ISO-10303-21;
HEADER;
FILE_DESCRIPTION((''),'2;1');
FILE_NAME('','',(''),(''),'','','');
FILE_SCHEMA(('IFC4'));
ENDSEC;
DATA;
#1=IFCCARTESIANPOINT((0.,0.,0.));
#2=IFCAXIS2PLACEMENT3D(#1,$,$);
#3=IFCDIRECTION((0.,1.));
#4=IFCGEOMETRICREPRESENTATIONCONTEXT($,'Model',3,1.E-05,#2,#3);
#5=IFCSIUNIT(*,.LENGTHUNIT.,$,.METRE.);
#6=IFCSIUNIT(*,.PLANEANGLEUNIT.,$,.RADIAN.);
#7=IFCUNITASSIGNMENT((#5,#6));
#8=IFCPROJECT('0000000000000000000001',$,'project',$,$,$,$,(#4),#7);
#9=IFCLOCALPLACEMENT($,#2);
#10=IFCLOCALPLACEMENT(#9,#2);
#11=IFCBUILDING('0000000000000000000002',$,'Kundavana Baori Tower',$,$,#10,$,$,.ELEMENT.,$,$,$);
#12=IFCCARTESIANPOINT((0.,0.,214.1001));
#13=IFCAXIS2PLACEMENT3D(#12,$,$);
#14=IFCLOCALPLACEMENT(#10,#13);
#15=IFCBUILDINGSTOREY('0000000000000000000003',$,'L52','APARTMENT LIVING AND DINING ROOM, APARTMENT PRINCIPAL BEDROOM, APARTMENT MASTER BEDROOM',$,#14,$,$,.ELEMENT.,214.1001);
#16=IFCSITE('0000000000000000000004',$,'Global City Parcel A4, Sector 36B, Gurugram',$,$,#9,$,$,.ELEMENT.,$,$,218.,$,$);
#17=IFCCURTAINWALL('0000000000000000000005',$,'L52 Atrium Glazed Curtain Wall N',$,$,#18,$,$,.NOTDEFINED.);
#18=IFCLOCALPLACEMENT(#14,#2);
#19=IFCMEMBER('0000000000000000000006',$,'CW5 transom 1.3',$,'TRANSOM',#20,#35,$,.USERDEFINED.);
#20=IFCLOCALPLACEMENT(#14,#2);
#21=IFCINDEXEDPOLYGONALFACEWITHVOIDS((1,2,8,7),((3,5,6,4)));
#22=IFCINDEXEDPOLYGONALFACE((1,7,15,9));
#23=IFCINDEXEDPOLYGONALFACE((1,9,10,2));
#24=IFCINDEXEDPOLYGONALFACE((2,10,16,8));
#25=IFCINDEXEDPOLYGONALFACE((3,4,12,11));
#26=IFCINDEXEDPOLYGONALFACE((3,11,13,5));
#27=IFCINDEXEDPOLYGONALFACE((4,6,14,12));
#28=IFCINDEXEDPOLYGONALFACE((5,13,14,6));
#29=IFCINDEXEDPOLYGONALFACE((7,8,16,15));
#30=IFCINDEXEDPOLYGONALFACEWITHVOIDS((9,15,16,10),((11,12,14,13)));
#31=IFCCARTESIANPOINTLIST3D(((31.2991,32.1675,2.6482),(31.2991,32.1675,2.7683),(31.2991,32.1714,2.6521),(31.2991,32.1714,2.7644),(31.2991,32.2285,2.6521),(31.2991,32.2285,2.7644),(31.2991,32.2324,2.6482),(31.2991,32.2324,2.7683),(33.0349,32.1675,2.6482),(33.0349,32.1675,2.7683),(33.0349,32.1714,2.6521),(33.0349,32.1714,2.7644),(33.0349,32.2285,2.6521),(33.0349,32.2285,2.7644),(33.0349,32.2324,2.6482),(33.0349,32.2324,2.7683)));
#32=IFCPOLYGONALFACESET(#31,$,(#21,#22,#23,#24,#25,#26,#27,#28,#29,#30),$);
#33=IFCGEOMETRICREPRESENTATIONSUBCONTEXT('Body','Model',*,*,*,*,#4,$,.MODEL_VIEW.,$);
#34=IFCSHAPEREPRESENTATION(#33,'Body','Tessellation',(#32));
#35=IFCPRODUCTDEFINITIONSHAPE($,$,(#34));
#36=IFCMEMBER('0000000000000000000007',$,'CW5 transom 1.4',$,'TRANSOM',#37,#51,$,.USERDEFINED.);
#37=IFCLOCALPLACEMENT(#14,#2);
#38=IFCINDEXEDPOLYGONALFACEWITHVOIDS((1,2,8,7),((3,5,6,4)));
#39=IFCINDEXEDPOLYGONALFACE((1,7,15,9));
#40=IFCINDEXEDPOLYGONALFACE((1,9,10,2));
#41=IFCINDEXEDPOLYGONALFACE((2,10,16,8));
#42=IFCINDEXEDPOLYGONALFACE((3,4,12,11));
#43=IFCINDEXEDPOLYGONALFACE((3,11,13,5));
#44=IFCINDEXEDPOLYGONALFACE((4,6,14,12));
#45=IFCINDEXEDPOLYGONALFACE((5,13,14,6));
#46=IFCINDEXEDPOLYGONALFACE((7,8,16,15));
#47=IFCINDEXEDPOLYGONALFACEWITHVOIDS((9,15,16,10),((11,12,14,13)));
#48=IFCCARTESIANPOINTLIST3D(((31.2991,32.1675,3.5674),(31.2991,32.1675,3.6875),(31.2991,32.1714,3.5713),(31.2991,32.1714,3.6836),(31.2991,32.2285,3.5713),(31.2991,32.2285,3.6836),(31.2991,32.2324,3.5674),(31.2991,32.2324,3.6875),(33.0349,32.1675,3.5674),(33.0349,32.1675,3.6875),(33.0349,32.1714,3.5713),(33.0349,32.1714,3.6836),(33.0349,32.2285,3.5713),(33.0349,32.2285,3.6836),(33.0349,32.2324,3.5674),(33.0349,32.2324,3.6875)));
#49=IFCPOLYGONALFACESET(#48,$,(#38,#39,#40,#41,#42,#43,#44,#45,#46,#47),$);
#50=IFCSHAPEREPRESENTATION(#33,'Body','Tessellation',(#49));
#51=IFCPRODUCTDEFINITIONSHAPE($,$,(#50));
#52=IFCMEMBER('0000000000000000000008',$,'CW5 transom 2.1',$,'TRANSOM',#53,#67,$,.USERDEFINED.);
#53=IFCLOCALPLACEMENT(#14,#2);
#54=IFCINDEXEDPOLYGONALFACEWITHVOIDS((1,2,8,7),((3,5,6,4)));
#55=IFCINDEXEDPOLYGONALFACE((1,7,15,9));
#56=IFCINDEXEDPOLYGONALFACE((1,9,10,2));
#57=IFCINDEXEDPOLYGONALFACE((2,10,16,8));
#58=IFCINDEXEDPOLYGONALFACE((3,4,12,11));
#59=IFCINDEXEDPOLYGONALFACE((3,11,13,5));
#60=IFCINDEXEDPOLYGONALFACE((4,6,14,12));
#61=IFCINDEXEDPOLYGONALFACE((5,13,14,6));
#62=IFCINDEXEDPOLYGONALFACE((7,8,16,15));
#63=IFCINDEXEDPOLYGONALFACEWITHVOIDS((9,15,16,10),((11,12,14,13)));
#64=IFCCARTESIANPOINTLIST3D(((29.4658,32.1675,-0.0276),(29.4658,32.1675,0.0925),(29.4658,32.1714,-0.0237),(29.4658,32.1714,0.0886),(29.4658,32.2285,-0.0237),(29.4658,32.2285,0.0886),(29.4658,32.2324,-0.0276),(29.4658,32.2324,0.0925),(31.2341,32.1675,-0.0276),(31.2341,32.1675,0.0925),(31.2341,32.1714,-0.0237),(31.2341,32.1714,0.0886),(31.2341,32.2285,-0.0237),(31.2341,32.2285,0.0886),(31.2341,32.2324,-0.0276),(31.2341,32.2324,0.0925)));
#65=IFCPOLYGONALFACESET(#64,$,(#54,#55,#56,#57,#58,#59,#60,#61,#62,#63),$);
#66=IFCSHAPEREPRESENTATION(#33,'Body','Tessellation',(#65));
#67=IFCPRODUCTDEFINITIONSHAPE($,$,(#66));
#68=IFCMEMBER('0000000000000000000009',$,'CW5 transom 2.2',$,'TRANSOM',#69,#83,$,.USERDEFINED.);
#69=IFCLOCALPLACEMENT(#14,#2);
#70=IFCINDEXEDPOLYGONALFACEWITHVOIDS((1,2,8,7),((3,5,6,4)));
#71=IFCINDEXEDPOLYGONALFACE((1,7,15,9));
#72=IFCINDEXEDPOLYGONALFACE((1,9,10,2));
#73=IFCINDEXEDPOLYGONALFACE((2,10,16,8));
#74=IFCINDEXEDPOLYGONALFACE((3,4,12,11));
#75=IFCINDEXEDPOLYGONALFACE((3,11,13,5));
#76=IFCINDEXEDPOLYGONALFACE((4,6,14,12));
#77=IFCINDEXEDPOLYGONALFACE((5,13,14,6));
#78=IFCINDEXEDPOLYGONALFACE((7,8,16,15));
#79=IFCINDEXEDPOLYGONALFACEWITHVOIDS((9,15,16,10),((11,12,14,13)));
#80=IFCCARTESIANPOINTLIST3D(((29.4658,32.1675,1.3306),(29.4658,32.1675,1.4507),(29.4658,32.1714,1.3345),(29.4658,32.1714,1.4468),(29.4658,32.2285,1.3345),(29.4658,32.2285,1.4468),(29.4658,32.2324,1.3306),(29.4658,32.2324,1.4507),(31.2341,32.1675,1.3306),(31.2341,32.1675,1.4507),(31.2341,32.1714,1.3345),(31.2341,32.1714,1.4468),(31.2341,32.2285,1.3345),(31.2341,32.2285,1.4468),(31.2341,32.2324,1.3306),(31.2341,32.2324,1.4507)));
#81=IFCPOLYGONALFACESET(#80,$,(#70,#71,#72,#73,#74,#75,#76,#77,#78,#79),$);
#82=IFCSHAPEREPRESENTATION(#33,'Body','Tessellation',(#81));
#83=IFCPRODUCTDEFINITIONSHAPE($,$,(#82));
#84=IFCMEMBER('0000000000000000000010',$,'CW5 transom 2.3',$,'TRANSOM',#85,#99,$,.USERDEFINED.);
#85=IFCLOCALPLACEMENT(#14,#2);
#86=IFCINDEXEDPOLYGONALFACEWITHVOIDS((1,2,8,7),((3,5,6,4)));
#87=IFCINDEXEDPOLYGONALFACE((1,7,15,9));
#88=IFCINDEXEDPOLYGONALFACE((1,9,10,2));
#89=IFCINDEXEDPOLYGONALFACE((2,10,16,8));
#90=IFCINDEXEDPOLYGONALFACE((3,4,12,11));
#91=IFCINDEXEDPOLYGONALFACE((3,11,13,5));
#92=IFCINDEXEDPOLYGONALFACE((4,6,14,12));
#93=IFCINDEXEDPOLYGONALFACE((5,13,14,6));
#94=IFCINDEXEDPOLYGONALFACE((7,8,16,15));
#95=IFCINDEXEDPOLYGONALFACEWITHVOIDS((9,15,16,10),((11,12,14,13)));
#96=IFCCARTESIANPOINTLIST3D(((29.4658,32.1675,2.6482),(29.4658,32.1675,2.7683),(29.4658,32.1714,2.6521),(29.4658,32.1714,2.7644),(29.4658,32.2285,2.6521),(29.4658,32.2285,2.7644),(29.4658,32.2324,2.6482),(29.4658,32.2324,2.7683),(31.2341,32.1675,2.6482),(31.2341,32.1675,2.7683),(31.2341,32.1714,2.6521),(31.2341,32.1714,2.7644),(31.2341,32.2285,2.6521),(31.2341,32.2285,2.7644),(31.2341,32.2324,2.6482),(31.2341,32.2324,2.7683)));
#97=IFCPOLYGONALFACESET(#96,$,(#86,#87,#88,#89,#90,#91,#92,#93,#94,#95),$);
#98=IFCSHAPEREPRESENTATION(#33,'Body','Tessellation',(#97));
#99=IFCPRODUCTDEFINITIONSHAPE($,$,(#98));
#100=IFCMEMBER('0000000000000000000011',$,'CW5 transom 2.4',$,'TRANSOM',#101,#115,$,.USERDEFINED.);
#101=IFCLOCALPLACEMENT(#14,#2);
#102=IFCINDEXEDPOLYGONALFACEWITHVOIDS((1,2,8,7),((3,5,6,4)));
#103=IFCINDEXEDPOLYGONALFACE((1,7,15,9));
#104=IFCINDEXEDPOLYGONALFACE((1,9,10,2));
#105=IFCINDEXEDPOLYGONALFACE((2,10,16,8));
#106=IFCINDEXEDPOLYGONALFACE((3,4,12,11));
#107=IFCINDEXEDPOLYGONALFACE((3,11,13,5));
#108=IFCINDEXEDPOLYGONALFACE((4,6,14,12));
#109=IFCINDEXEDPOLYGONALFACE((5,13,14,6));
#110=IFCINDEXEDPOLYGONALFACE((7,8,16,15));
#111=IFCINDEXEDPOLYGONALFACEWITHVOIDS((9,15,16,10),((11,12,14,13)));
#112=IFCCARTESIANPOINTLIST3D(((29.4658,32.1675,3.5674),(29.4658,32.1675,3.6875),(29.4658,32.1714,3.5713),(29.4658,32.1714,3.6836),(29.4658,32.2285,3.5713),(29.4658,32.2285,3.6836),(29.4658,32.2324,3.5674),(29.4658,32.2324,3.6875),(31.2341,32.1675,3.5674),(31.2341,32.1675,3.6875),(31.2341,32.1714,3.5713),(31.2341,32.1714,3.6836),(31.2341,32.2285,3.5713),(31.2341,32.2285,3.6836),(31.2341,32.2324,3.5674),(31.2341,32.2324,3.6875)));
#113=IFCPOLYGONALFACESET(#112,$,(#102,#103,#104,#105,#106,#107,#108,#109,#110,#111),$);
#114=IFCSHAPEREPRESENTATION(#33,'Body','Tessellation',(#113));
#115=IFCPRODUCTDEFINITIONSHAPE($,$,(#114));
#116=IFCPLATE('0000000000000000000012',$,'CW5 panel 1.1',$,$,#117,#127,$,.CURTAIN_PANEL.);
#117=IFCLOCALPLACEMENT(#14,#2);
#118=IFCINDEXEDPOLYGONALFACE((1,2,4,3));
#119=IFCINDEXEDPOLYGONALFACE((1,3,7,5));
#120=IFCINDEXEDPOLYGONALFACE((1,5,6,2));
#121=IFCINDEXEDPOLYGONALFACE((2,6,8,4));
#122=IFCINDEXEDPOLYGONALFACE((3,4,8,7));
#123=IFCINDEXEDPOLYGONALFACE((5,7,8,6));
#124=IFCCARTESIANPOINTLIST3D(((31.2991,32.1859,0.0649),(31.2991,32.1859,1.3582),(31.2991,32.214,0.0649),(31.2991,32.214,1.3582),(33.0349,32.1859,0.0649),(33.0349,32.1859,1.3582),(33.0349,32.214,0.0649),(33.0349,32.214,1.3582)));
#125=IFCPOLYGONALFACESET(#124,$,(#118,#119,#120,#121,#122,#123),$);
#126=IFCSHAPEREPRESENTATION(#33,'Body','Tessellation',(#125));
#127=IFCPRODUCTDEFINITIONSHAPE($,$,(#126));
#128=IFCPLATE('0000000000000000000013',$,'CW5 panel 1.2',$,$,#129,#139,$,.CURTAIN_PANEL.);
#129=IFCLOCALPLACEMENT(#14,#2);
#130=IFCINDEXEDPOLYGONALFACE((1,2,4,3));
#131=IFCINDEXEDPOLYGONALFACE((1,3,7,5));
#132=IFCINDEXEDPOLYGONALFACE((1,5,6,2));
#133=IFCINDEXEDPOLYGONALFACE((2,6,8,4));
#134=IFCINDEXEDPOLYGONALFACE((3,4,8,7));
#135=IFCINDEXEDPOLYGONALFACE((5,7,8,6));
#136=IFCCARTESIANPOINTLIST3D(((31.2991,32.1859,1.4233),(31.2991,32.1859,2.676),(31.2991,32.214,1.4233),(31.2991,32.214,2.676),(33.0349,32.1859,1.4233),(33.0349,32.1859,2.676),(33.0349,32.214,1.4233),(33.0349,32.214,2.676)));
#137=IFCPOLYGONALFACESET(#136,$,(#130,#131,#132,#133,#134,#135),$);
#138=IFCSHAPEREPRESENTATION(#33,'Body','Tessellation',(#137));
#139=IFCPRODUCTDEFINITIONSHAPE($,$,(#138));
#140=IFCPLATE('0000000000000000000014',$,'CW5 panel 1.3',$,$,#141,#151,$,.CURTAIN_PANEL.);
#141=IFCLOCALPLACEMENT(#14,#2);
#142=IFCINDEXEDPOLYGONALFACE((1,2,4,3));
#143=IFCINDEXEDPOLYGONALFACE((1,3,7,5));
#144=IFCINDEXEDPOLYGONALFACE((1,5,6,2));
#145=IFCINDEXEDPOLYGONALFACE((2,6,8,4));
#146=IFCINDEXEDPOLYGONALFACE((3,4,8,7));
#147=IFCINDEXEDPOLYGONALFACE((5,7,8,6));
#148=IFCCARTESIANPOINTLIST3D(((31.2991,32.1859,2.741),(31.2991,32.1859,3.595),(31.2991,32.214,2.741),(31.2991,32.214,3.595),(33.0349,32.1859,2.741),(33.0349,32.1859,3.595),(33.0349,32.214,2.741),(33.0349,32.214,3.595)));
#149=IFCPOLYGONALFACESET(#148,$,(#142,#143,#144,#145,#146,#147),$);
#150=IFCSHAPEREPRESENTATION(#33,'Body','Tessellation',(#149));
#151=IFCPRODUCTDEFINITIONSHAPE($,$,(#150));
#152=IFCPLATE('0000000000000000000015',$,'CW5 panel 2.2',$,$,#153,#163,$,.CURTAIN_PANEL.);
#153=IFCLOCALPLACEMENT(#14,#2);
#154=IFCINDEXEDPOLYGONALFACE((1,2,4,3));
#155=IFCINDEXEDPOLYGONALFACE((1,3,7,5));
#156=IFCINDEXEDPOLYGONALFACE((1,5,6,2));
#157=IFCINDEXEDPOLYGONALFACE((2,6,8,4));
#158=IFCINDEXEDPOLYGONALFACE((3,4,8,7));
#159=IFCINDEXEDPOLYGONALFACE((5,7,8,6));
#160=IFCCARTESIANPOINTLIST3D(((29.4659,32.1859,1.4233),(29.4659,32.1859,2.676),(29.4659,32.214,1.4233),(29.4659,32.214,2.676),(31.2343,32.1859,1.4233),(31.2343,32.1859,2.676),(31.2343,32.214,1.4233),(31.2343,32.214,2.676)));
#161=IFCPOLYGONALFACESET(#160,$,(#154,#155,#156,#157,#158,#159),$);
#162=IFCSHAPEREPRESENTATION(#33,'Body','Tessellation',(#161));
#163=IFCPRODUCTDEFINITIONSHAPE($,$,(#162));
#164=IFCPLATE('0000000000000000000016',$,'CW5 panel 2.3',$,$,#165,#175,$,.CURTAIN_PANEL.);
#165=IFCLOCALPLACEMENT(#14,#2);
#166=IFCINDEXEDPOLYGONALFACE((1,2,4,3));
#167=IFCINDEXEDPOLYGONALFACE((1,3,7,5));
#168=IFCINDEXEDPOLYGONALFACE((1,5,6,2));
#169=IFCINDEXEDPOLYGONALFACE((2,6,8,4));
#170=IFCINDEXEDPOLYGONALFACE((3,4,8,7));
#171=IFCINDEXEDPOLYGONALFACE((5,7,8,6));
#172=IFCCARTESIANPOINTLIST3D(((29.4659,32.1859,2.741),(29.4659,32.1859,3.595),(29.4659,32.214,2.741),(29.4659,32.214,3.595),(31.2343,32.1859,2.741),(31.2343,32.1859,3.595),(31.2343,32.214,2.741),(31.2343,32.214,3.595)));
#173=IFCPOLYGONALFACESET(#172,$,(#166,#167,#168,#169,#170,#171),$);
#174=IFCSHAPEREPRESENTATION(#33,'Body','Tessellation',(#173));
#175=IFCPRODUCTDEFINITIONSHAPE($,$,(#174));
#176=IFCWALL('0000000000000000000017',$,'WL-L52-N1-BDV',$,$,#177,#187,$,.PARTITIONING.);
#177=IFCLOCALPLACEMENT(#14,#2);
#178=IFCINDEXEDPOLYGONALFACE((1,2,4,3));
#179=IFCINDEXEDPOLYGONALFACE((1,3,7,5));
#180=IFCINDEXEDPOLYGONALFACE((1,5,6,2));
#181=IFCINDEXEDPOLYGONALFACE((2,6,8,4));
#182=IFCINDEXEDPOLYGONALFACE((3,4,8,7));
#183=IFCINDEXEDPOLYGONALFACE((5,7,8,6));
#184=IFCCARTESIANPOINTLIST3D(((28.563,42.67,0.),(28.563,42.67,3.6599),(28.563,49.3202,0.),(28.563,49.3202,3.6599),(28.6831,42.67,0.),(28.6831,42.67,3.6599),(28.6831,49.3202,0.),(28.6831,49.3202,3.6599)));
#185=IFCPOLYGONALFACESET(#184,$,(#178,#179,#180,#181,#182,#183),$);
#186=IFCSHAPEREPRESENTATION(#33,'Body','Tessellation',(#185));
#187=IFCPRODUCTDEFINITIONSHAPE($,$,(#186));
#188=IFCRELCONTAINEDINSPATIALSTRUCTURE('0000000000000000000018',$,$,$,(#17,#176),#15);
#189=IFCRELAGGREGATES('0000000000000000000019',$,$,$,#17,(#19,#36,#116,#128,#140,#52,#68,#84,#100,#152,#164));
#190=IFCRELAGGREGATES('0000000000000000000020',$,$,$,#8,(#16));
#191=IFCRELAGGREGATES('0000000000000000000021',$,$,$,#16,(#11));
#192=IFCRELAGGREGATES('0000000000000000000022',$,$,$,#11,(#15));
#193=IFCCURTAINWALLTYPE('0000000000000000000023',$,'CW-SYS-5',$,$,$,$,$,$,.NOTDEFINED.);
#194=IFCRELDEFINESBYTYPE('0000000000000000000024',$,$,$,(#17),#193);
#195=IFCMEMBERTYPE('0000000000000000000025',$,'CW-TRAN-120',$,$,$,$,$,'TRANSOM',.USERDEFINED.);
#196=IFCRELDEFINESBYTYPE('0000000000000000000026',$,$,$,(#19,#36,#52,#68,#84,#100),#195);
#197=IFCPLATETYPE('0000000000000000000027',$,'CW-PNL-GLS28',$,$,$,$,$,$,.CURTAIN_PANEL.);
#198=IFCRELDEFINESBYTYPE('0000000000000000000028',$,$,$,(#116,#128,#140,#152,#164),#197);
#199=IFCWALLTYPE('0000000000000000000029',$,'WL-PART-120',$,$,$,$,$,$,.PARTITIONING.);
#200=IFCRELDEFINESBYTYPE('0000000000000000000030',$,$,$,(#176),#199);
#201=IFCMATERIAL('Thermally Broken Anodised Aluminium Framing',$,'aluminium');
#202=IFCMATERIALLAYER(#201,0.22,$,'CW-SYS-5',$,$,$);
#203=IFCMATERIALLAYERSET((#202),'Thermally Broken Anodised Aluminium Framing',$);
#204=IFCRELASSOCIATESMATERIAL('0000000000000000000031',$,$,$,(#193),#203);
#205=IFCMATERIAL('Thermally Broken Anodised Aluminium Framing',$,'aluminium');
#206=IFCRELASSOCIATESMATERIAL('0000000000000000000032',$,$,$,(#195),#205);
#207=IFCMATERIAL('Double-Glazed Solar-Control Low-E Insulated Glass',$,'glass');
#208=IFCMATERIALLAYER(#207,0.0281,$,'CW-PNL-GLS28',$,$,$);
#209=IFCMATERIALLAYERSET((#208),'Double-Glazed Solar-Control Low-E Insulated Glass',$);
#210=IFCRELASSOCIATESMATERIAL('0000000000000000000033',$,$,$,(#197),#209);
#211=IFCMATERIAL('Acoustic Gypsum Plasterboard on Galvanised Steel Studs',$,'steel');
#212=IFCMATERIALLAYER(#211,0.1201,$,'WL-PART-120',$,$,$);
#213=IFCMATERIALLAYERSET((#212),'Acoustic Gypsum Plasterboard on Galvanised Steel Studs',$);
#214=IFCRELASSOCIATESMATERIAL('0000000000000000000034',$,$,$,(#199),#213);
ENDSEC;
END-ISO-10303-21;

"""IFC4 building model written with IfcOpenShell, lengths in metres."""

from ifc_helpers import new_model, si_unit, direction, frame, frame_2d, origin, origin_2d, place, context, subcontext, project, spatial, rectangle, hollow_rectangle, extrude, material, layer, layer_set, material_profile, profile_set, type_object, element, aggregate, save


model = new_model("IFC4")

# Units and contexts
model_context = context("Model", 3, precision=1e-05, world=origin(), true_north=direction((0.0, 1.0)))
body_context = subcontext(model_context, "Body", "Model", "MODEL_VIEW")
ifc_project = project(units=[si_unit("LENGTHUNIT", "METRE"), si_unit("PLANEANGLEUNIT", "RADIAN")], contexts=[model_context])

# Site, building, storey
site_placement = place(None, origin())
site = spatial("IfcSite", under=ifc_project, at=site_placement, Name="Global City Parcel A4, Sector 36B, Gurugram", CompositionType="ELEMENT", RefElevation=218.0)
building_placement = place(site_placement, origin())
building = spatial("IfcBuilding", under=site, at=building_placement, Name="Kundavana Baori Tower", CompositionType="ELEMENT")
storey_placement = place(building_placement, frame((0.0, 0.0, 214.1001)))
storey = spatial("IfcBuildingStorey", under=building, at=storey_placement, Name="L52", Description="APARTMENT LIVING AND DINING ROOM, APARTMENT PRINCIPAL BEDROOM, APARTMENT MASTER BEDROOM", CompositionType="ELEMENT", Elevation=214.1001)

# Curtain wall, members, plates
ifc_material_1 = material(Name="Thermally Broken Anodised Aluminium Framing", Category="aluminium")
ifc_layer_1 = layer(ifc_material_1, 0.22, Name="CW-SYS-5")
ifc_layer_set_1 = layer_set([ifc_layer_1], Name="Thermally Broken Anodised Aluminium Framing")
curtain_wall_type = type_object("IfcCurtainWallType", Name="CW-SYS-5", PredefinedType="NOTDEFINED", material=ifc_layer_set_1)
curtain_wall_placement = place(storey_placement, origin())
curtain_wall = element("IfcCurtainWall", 1, at=curtain_wall_placement, inside=storey, type_object=curtain_wall_type, Name="L52 Atrium Glazed Curtain Wall N", PredefinedType="NOTDEFINED")
ifc_material_2 = material(Name="Thermally Broken Anodised Aluminium Framing", Category="aluminium")
ifc_material_profile_1 = material_profile(ifc_material_2, hollow_rectangle(XDim=0.0649, YDim=0.1201, WallThickness=0.0039, at=origin_2d()), Name="CW-TRAN-120")
ifc_profile_set_1 = profile_set([ifc_material_profile_1], Name="Thermally Broken Anodised Aluminium Framing")
member_type_1 = type_object("IfcMemberType", Name="CW-TRAN-120", ElementType="TRANSOM", PredefinedType="USERDEFINED", material=ifc_profile_set_1)
member_1_placement = place(storey_placement, frame((33.0349, 32.2, 2.7083), z_axis=(-1.0, 0.0, 0.0), x_axis=(0.0, -1.0, 0.0)))
member_1 = element("IfcMember", 2, at=member_1_placement, type_object=member_type_1, Name="CW5 transom 1.3", ObjectType="TRANSOM", PredefinedType="USERDEFINED", context=body_context, shape_type="SweptSolid", body=[
    extrude(hollow_rectangle(XDim=0.0649, YDim=0.1201, WallThickness=0.0039, at=origin_2d()), origin(), (0.0, 0.0, 1.0), 1.7358),
])
member_2_placement = place(storey_placement, frame((33.0349, 32.2, 3.6274), z_axis=(-1.0, 0.0, 0.0), x_axis=(0.0, -1.0, 0.0)))
member_2 = element("IfcMember", 3, at=member_2_placement, type_object=member_type_1, Name="CW5 transom 1.4", ObjectType="TRANSOM", PredefinedType="USERDEFINED", context=body_context, shape_type="SweptSolid", body=[
    extrude(hollow_rectangle(XDim=0.0649, YDim=0.1201, WallThickness=0.0039, at=origin_2d()), origin(), (0.0, 0.0, 1.0), 1.7358),
])
member_3_placement = place(storey_placement, frame((31.2341, 32.2, 0.0325), z_axis=(-1.0, 0.0, 0.0), x_axis=(0.0, -1.0, 0.0)))
member_3 = element("IfcMember", 4, at=member_3_placement, type_object=member_type_1, Name="CW5 transom 2.1", ObjectType="TRANSOM", PredefinedType="USERDEFINED", context=body_context, shape_type="SweptSolid", body=[
    extrude(hollow_rectangle(XDim=0.0649, YDim=0.1201, WallThickness=0.0039, at=origin_2d()), origin(), (0.0, 0.0, 1.0), 1.7683),
])
member_4_placement = place(storey_placement, frame((31.2341, 32.2, 1.3906), z_axis=(-1.0, 0.0, 0.0), x_axis=(0.0, -1.0, 0.0)))
member_4 = element("IfcMember", 5, at=member_4_placement, type_object=member_type_1, Name="CW5 transom 2.2", ObjectType="TRANSOM", PredefinedType="USERDEFINED", context=body_context, shape_type="SweptSolid", body=[
    extrude(hollow_rectangle(XDim=0.0649, YDim=0.1201, WallThickness=0.0039, at=origin_2d()), origin(), (0.0, 0.0, 1.0), 1.7683),
])
member_5_placement = place(storey_placement, frame((31.2341, 32.2, 2.7083), z_axis=(-1.0, 0.0, 0.0), x_axis=(0.0, -1.0, 0.0)))
member_5 = element("IfcMember", 6, at=member_5_placement, type_object=member_type_1, Name="CW5 transom 2.3", ObjectType="TRANSOM", PredefinedType="USERDEFINED", context=body_context, shape_type="SweptSolid", body=[
    extrude(hollow_rectangle(XDim=0.0649, YDim=0.1201, WallThickness=0.0039, at=origin_2d()), origin(), (0.0, 0.0, 1.0), 1.7683),
])
member_6_placement = place(storey_placement, frame((31.2341, 32.2, 3.6274), z_axis=(-1.0, 0.0, 0.0), x_axis=(0.0, -1.0, 0.0)))
member_6 = element("IfcMember", 7, at=member_6_placement, type_object=member_type_1, Name="CW5 transom 2.4", ObjectType="TRANSOM", PredefinedType="USERDEFINED", context=body_context, shape_type="SweptSolid", body=[
    extrude(hollow_rectangle(XDim=0.0649, YDim=0.1201, WallThickness=0.0039, at=origin_2d()), origin(), (0.0, 0.0, 1.0), 1.7683),
])
ifc_material_3 = material(Name="Double-Glazed Solar-Control Low-E Insulated Glass", Category="glass")
ifc_layer_2 = layer(ifc_material_3, 0.0281, Name="CW-PNL-GLS28")
ifc_layer_set_2 = layer_set([ifc_layer_2], Name="Double-Glazed Solar-Control Low-E Insulated Glass")
plate_type = type_object("IfcPlateType", Name="CW-PNL-GLS28", PredefinedType="CURTAIN_PANEL", material=ifc_layer_set_2)
plate_1_placement = place(storey_placement, frame((32.167, 32.2, 0.0649), z_axis=(0.0, 0.0, 1.0), x_axis=(-1.0, 0.0, 0.0)))
plate_1 = element("IfcPlate", 8, at=plate_1_placement, type_object=plate_type, Name="CW5 panel 1.1", PredefinedType="CURTAIN_PANEL", context=body_context, shape_type="SweptSolid", body=[
    extrude(rectangle(XDim=1.7358, YDim=0.0281, at=origin_2d()), origin(), (0.0, 0.0, 1.0), 1.2932),
])
plate_2_placement = place(storey_placement, frame((32.167, 32.2, 1.4233), z_axis=(0.0, 0.0, 1.0), x_axis=(-1.0, 0.0, 0.0)))
plate_2 = element("IfcPlate", 9, at=plate_2_placement, type_object=plate_type, Name="CW5 panel 1.2", PredefinedType="CURTAIN_PANEL", context=body_context, shape_type="SweptSolid", body=[
    extrude(rectangle(XDim=1.7358, YDim=0.0281, at=origin_2d()), origin(), (0.0, 0.0, 1.0), 1.2527),
])
plate_3_placement = place(storey_placement, frame((32.167, 32.2, 2.741), z_axis=(0.0, 0.0, 1.0), x_axis=(-1.0, 0.0, 0.0)))
plate_3 = element("IfcPlate", 10, at=plate_3_placement, type_object=plate_type, Name="CW5 panel 1.3", PredefinedType="CURTAIN_PANEL", context=body_context, shape_type="SweptSolid", body=[
    extrude(rectangle(XDim=1.7358, YDim=0.0281, at=origin_2d()), origin(), (0.0, 0.0, 1.0), 0.854),
])
plate_4_placement = place(storey_placement, frame((30.3501, 32.2, 1.4233), z_axis=(0.0, 0.0, 1.0), x_axis=(-1.0, 0.0, 0.0)))
plate_4 = element("IfcPlate", 11, at=plate_4_placement, type_object=plate_type, Name="CW5 panel 2.2", PredefinedType="CURTAIN_PANEL", context=body_context, shape_type="SweptSolid", body=[
    extrude(rectangle(XDim=1.7683, YDim=0.0281, at=origin_2d()), origin(), (0.0, 0.0, 1.0), 1.2527),
])
plate_5_placement = place(storey_placement, frame((30.3501, 32.2, 2.741), z_axis=(0.0, 0.0, 1.0), x_axis=(-1.0, 0.0, 0.0)))
plate_5 = element("IfcPlate", 12, at=plate_5_placement, type_object=plate_type, Name="CW5 panel 2.3", PredefinedType="CURTAIN_PANEL", context=body_context, shape_type="SweptSolid", body=[
    extrude(rectangle(XDim=1.7683, YDim=0.0281, at=origin_2d()), origin(), (0.0, 0.0, 1.0), 0.854),
])
aggregate(curtain_wall, [member_1, member_2, plate_1, plate_2, plate_3, member_3, member_4, member_5, member_6, plate_4, plate_5])

# Wall
ifc_material_4 = material(Name="Acoustic Gypsum Plasterboard on Galvanised Steel Studs", Category="steel")
ifc_layer_3 = layer(ifc_material_4, 0.1201, Name="WL-PART-120")
ifc_layer_set_3 = layer_set([ifc_layer_3], Name="Acoustic Gypsum Plasterboard on Galvanised Steel Studs")
wall_type_1 = type_object("IfcWallType", Name="WL-PART-120", PredefinedType="PARTITIONING", material=ifc_layer_set_3)
wall_1_placement = place(storey_placement, frame((28.623, 42.6699, 0.0), z_axis=(0.0, 0.0, 1.0), x_axis=(0.0, 1.0, 0.0)))
element("IfcWall", 13, at=wall_1_placement, inside=storey, type_object=wall_type_1, Name="WL-L52-N1-BDV", PredefinedType="PARTITIONING", context=body_context, shape_type="SweptSolid", body=[
    extrude(rectangle(XDim=6.6501, YDim=0.1201, at=frame_2d((3.3252, 0.0))), origin(), (0.0, 0.0, 1.0), 3.6599),
])

save(model, "model.ifc")
